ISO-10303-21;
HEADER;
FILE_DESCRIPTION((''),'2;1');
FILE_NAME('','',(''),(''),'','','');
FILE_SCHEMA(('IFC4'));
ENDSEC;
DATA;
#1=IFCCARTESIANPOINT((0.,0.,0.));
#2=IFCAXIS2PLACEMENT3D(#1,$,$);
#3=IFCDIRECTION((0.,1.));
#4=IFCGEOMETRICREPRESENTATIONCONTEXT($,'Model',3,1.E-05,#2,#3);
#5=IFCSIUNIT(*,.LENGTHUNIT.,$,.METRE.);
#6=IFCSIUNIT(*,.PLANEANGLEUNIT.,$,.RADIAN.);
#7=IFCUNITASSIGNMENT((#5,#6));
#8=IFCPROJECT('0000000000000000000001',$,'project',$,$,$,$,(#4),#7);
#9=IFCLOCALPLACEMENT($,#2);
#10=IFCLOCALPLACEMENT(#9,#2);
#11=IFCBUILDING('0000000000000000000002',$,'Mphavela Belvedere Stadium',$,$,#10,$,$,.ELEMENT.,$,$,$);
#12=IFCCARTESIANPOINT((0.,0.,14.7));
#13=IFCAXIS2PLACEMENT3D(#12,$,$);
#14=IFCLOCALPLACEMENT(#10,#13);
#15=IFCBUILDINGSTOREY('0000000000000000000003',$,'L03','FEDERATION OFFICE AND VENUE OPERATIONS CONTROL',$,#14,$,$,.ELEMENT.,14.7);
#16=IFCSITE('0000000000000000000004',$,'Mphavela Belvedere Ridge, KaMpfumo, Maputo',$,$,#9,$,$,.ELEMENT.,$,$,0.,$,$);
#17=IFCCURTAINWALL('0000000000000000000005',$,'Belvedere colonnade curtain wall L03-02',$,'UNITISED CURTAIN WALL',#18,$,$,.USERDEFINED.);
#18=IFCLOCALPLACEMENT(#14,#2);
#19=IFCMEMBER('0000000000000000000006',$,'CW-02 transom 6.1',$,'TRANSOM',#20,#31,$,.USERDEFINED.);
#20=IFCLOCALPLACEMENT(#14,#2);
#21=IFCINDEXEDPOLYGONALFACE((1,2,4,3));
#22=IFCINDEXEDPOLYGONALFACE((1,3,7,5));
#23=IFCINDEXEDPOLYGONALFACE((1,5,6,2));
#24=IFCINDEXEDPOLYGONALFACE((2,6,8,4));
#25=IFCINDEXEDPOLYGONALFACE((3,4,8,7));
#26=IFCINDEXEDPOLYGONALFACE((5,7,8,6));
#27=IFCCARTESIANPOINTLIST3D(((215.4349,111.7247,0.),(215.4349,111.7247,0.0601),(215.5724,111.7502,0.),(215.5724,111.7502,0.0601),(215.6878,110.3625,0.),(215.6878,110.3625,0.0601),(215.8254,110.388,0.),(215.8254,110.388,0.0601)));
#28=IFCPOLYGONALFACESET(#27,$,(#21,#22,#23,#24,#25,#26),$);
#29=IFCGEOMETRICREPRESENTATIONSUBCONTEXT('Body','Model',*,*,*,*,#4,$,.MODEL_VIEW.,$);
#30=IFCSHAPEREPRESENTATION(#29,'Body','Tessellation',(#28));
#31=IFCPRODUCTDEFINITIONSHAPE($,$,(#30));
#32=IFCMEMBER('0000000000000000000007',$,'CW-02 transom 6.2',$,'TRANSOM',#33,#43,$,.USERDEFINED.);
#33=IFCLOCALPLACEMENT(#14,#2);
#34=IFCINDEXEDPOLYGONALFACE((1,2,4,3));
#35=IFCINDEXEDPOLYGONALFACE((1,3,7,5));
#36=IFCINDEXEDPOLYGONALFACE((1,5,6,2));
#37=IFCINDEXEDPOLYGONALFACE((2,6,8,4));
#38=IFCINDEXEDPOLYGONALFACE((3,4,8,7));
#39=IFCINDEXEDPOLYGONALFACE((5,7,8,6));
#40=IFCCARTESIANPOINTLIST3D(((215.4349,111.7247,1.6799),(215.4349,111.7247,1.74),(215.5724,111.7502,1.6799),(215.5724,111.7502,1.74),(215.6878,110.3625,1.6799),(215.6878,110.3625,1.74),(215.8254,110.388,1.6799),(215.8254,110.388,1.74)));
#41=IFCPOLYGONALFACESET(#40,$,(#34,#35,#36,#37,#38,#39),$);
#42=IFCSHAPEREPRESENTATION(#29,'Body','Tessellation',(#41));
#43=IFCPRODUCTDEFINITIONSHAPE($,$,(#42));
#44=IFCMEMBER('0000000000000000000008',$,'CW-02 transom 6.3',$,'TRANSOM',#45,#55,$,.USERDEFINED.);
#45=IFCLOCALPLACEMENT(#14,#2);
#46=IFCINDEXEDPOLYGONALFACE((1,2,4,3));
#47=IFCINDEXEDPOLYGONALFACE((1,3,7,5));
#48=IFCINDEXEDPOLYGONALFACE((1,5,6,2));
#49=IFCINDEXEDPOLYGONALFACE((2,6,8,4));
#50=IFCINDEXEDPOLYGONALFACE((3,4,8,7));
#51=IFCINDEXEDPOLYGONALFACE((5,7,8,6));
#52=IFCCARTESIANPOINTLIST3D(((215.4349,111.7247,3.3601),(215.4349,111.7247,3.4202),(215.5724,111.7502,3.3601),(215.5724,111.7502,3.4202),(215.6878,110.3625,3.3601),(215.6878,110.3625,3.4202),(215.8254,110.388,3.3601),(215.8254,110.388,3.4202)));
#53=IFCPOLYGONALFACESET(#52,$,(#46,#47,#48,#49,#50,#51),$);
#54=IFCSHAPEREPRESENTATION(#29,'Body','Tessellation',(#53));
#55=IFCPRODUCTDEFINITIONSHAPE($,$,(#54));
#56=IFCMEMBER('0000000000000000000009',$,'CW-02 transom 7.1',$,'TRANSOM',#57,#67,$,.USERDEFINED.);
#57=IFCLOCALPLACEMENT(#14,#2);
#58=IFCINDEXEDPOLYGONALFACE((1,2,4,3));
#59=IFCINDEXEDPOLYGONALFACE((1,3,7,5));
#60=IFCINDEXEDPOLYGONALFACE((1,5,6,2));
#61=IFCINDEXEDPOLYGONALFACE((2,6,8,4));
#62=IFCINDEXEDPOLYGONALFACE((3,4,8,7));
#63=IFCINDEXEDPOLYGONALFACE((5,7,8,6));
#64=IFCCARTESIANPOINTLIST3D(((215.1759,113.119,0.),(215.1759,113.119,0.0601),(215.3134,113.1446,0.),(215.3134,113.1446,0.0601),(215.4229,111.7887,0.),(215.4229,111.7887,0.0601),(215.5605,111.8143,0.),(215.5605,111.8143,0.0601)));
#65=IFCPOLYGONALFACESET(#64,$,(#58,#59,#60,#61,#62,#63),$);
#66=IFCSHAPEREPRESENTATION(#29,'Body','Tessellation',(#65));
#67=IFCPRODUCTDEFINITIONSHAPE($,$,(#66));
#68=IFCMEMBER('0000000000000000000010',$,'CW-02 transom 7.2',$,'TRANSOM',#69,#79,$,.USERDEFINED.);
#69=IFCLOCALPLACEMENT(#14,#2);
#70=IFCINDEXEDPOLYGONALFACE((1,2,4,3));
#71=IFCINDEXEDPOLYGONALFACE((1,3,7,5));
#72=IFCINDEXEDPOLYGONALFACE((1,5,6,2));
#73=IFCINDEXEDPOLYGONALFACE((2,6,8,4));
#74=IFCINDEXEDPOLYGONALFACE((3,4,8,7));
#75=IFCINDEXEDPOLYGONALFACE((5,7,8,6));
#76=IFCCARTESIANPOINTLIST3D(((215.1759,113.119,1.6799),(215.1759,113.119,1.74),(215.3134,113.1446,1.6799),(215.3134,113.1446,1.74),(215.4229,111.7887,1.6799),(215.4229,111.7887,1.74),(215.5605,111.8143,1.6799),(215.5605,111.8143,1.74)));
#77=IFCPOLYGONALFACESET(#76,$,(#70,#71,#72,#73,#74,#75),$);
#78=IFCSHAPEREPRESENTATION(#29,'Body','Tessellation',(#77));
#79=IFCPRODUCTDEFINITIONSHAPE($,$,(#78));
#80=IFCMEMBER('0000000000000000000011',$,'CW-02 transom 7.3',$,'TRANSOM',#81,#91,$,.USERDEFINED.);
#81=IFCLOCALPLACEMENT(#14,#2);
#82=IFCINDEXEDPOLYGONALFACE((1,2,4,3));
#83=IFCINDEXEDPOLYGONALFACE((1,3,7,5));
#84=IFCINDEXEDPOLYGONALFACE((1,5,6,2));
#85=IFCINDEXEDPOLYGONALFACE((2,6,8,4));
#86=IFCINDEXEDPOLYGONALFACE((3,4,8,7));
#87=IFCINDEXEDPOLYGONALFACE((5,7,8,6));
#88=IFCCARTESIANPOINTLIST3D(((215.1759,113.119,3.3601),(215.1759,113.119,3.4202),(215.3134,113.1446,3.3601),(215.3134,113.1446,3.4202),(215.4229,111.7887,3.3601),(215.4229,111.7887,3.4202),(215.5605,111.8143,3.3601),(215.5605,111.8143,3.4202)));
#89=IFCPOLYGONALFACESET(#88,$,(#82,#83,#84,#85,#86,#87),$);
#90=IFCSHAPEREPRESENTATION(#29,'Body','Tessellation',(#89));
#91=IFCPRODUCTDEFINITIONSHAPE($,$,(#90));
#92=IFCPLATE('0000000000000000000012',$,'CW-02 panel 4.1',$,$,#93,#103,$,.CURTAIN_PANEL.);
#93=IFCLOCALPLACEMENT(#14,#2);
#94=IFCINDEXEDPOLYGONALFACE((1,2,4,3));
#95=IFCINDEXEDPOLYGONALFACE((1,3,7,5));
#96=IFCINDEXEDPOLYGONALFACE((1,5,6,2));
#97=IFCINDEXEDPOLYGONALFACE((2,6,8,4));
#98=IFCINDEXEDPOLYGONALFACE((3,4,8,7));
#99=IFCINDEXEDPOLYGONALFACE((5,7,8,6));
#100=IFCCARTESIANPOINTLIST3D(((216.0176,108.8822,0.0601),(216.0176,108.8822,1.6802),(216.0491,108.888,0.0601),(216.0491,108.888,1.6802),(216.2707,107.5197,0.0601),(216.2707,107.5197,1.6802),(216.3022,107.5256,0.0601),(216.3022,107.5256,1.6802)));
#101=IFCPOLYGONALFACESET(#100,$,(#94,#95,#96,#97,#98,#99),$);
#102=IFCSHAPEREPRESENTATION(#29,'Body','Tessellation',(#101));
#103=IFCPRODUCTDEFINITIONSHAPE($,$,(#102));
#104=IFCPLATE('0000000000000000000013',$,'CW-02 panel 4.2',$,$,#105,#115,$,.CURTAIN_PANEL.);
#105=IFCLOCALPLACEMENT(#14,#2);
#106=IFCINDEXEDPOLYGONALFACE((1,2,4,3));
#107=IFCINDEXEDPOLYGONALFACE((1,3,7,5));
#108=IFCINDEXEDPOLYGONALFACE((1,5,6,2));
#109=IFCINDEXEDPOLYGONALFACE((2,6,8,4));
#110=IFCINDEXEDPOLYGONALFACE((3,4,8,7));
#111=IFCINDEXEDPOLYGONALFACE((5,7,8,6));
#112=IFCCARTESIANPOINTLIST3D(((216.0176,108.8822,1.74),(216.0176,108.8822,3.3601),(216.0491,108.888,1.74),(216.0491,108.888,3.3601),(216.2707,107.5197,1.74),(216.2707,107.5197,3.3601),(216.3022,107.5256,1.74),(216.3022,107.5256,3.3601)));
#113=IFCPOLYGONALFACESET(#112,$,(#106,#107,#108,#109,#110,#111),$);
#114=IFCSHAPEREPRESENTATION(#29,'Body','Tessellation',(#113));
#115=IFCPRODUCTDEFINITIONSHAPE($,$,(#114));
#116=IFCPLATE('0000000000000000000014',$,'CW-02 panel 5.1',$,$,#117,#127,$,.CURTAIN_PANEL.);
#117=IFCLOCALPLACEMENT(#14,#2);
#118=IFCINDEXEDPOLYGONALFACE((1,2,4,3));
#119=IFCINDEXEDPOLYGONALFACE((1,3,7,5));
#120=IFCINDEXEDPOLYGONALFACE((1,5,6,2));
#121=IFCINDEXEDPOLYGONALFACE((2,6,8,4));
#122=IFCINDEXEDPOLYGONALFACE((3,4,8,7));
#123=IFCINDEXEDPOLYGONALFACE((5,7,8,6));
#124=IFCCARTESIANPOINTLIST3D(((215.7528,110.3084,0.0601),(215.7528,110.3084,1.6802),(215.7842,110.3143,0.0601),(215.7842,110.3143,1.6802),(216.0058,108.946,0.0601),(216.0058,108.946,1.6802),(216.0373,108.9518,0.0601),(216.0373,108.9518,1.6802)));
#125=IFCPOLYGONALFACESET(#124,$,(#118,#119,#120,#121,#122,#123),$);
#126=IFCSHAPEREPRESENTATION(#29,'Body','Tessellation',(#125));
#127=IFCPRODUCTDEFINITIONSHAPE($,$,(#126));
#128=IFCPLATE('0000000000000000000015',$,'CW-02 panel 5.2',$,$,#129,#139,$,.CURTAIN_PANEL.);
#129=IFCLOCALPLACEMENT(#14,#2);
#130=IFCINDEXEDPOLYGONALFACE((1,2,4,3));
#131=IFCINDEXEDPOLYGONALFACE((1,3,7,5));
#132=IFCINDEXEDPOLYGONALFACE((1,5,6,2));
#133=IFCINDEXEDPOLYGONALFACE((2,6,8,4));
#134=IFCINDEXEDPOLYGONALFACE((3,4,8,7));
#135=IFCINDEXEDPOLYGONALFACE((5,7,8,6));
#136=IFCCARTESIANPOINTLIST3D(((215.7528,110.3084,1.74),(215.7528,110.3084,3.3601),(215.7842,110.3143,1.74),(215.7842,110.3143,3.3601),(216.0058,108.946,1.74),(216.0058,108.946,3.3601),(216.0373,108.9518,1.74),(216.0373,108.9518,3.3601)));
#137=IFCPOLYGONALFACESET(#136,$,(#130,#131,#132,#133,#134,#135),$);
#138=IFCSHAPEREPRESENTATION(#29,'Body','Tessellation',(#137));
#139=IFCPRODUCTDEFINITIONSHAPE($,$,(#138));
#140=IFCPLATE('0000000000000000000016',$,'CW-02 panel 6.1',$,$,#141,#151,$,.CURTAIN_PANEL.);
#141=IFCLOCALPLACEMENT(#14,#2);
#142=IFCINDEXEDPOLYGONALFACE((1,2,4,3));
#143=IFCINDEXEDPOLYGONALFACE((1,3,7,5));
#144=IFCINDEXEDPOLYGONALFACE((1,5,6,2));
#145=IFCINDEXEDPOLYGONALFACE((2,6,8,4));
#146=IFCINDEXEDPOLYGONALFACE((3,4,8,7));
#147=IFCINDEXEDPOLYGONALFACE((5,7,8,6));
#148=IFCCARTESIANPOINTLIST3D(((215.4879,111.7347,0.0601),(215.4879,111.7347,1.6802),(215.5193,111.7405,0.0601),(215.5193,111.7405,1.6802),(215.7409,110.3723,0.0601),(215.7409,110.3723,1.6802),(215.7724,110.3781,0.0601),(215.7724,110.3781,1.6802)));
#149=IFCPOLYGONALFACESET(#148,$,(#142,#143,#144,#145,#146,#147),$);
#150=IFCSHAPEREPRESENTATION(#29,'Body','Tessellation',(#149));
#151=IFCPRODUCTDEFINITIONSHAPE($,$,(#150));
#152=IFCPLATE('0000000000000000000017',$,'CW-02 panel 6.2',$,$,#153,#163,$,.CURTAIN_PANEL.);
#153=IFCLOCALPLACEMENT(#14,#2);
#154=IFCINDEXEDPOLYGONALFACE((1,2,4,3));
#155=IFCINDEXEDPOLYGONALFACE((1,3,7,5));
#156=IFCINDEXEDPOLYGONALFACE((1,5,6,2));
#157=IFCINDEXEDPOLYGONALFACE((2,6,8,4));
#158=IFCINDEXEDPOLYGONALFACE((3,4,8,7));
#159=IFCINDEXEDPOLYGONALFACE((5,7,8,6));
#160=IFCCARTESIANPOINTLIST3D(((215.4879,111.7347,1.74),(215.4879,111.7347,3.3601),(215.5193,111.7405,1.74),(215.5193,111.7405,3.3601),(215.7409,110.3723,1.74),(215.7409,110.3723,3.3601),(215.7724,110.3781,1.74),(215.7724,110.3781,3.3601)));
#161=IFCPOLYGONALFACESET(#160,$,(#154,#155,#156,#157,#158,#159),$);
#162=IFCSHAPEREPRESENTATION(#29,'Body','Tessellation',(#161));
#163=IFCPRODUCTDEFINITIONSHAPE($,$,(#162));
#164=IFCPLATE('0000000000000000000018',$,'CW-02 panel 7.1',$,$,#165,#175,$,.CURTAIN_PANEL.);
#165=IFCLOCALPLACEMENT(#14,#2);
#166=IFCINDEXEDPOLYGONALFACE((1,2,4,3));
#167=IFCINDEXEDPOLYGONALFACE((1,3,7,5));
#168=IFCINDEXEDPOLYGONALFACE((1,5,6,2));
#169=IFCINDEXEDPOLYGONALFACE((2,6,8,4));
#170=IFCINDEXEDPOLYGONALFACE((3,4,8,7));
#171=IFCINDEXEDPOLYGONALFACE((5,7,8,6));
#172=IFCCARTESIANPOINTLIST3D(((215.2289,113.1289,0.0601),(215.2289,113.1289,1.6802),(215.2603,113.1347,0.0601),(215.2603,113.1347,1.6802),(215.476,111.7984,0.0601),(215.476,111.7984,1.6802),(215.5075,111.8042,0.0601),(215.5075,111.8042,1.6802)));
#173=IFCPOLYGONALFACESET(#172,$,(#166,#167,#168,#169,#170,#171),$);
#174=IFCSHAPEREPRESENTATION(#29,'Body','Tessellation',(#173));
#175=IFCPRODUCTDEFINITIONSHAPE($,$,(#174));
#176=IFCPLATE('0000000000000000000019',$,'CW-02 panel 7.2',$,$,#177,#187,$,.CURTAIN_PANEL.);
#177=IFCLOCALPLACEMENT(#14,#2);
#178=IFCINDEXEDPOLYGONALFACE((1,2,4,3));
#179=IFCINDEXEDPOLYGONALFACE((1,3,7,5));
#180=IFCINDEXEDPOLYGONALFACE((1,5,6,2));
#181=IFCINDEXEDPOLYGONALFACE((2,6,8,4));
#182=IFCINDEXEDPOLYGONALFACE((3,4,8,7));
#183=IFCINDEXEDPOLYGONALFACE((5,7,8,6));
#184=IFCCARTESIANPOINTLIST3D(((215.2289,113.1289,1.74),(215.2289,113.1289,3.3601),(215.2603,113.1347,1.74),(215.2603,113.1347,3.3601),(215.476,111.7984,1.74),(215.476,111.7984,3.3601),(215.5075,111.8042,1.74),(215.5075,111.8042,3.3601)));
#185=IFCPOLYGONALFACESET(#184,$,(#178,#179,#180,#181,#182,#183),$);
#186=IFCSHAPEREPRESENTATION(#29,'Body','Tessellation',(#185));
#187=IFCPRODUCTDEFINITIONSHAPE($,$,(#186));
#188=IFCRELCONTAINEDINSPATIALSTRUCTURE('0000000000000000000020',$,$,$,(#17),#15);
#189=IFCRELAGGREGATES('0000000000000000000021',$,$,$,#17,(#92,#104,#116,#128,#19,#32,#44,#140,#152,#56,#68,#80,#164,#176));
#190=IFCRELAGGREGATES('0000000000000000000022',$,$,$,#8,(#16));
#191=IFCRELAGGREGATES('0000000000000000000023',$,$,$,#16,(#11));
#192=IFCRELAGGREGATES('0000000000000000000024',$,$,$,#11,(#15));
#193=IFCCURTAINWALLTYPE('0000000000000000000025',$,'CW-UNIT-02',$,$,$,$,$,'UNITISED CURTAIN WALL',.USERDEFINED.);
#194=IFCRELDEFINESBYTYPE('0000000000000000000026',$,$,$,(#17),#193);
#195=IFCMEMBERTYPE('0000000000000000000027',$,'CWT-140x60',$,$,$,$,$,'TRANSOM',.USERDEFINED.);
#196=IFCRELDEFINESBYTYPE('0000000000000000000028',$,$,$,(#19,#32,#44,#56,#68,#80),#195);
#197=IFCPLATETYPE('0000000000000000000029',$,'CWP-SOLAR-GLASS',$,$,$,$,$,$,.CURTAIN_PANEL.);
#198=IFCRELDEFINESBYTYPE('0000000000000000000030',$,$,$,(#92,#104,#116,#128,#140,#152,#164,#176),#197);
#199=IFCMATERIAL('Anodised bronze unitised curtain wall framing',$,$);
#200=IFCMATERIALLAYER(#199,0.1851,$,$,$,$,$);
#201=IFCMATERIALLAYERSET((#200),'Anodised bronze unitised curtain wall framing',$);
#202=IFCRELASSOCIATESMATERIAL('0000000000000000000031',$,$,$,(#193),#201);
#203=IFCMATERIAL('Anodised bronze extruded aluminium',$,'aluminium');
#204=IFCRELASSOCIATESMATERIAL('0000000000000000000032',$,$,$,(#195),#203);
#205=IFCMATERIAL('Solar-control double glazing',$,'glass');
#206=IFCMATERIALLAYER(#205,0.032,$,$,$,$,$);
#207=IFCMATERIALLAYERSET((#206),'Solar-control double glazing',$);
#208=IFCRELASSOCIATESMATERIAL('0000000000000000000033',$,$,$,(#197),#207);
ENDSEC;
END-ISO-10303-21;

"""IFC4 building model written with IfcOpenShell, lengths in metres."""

from ifc_helpers import new_model, si_unit, direction, frame, origin, origin_2d, place, context, subcontext, project, spatial, rectangle, extrude, material, layer, layer_set, material_profile, profile_set, type_object, element, aggregate, save


model = new_model("IFC4")

# Units and contexts
model_context = context("Model", 3, precision=1e-05, world=origin(), true_north=direction((0.0, 1.0)))
body_context = subcontext(model_context, "Body", "Model", "MODEL_VIEW")
ifc_project = project(units=[si_unit("LENGTHUNIT", "METRE"), si_unit("PLANEANGLEUNIT", "RADIAN")], contexts=[model_context])

# Site, building, storey
site_placement = place(None, origin())
site = spatial("IfcSite", under=ifc_project, at=site_placement, Name="Mphavela Belvedere Ridge, KaMpfumo, Maputo", CompositionType="ELEMENT", RefElevation=0.0)
building_placement = place(site_placement, origin())
building = spatial("IfcBuilding", under=site, at=building_placement, Name="Mphavela Belvedere Stadium", CompositionType="ELEMENT")
storey_placement = place(building_placement, frame((0.0, 0.0, 14.7)))
storey = spatial("IfcBuildingStorey", under=building, at=storey_placement, Name="L03", Description="FEDERATION OFFICE AND VENUE OPERATIONS CONTROL", CompositionType="ELEMENT", Elevation=14.7)

# Curtain wall, members, plates
ifc_material_1 = material(Name="Anodised bronze unitised curtain wall framing")
ifc_layer_1 = layer(ifc_material_1, 0.1851)
ifc_layer_set_1 = layer_set([ifc_layer_1], Name="Anodised bronze unitised curtain wall framing")
curtain_wall_type = type_object("IfcCurtainWallType", Name="CW-UNIT-02", ElementType="UNITISED CURTAIN WALL", PredefinedType="USERDEFINED", material=ifc_layer_set_1)
curtain_wall_placement = place(storey_placement, origin())
curtain_wall = element("IfcCurtainWall", 1, at=curtain_wall_placement, inside=storey, type_object=curtain_wall_type, Name="Belvedere colonnade curtain wall L03-02", ObjectType="UNITISED CURTAIN WALL", PredefinedType="USERDEFINED")
ifc_material_2 = material(Name="Anodised bronze extruded aluminium", Category="aluminium")
ifc_material_profile_1 = material_profile(ifc_material_2, rectangle(XDim=0.1399, YDim=0.0601, at=origin_2d()), Name="CW-TRN 140x60")
ifc_profile_set_1 = profile_set([ifc_material_profile_1], Name="Anodised bronze extruded aluminium")
member_type_1 = type_object("IfcMemberType", Name="CWT-140x60", ElementType="TRANSOM", PredefinedType="USERDEFINED", material=ifc_profile_set_1)
member_1_placement = place(storey_placement, frame((215.7566, 110.3752, 0.03), z_axis=(-0.182544, 0.983198, 0.0), x_axis=(-0.983198, -0.182544, 0.0)))
member_1 = element("IfcMember", 2, at=member_1_placement, type_object=member_type_1, Name="CW-02 transom 6.1", ObjectType="TRANSOM", PredefinedType="USERDEFINED", context=body_context, shape_type="SweptSolid", body=[
    extrude(rectangle(XDim=0.1399, YDim=0.0601, at=origin_2d()), origin(), (0.0, 0.0, 1.0), 1.3855),
])
member_2_placement = place(storey_placement, frame((215.7566, 110.3752, 1.71), z_axis=(-0.182544, 0.983198, 0.0), x_axis=(-0.983198, -0.182544, 0.0)))
member_2 = element("IfcMember", 3, at=member_2_placement, type_object=member_type_1, Name="CW-02 transom 6.2", ObjectType="TRANSOM", PredefinedType="USERDEFINED", context=body_context, shape_type="SweptSolid", body=[
    extrude(rectangle(XDim=0.1399, YDim=0.0601, at=origin_2d()), origin(), (0.0, 0.0, 1.0), 1.3855),
])
member_3_placement = place(storey_placement, frame((215.7566, 110.3752, 3.3901), z_axis=(-0.182544, 0.983198, 0.0), x_axis=(-0.983198, -0.182544, 0.0)))
member_3 = element("IfcMember", 4, at=member_3_placement, type_object=member_type_1, Name="CW-02 transom 6.3", ObjectType="TRANSOM", PredefinedType="USERDEFINED", context=body_context, shape_type="SweptSolid", body=[
    extrude(rectangle(XDim=0.1399, YDim=0.0601, at=origin_2d()), origin(), (0.0, 0.0, 1.0), 1.3855),
])
member_4_placement = place(storey_placement, frame((215.4917, 111.8015, 0.03), z_axis=(-0.1826, 0.983187, 0.0), x_axis=(-0.983187, -0.1826, 0.0)))
member_4 = element("IfcMember", 5, at=member_4_placement, type_object=member_type_1, Name="CW-02 transom 7.1", ObjectType="TRANSOM", PredefinedType="USERDEFINED", context=body_context, shape_type="SweptSolid", body=[
    extrude(rectangle(XDim=0.1399, YDim=0.0601, at=origin_2d()), origin(), (0.0, 0.0, 1.0), 1.353),
])
member_5_placement = place(storey_placement, frame((215.4917, 111.8015, 1.71), z_axis=(-0.1826, 0.983187, 0.0), x_axis=(-0.983187, -0.1826, 0.0)))
member_5 = element("IfcMember", 6, at=member_5_placement, type_object=member_type_1, Name="CW-02 transom 7.2", ObjectType="TRANSOM", PredefinedType="USERDEFINED", context=body_context, shape_type="SweptSolid", body=[
    extrude(rectangle(XDim=0.1399, YDim=0.0601, at=origin_2d()), origin(), (0.0, 0.0, 1.0), 1.353),
])
member_6_placement = place(storey_placement, frame((215.4917, 111.8015, 3.3901), z_axis=(-0.1826, 0.983187, 0.0), x_axis=(-0.983187, -0.1826, 0.0)))
member_6 = element("IfcMember", 7, at=member_6_placement, type_object=member_type_1, Name="CW-02 transom 7.3", ObjectType="TRANSOM", PredefinedType="USERDEFINED", context=body_context, shape_type="SweptSolid", body=[
    extrude(rectangle(XDim=0.1399, YDim=0.0601, at=origin_2d()), origin(), (0.0, 0.0, 1.0), 1.353),
])
ifc_material_3 = material(Name="Solar-control double glazing", Category="glass")
ifc_layer_2 = layer(ifc_material_3, 0.032)
ifc_layer_set_2 = layer_set([ifc_layer_2], Name="Solar-control double glazing")
plate_type = type_object("IfcPlateType", Name="CWP-SOLAR-GLASS", PredefinedType="CURTAIN_PANEL", material=ifc_layer_set_2)
plate_1_placement = place(storey_placement, frame((216.1599, 108.2039, 0.0601), z_axis=(0.0, 0.0, 1.0), x_axis=(-0.182631, 0.983181, 0.0)))
plate_1 = element("IfcPlate", 8, at=plate_1_placement, type_object=plate_type, Name="CW-02 panel 4.1", PredefinedType="CURTAIN_PANEL", context=body_context, shape_type="SweptSolid", body=[
    extrude(rectangle(XDim=1.3857, YDim=0.032, at=origin_2d()), origin(), (0.0, 0.0, 1.0), 1.6201),
])
plate_2_placement = place(storey_placement, frame((216.1599, 108.2039, 1.74), z_axis=(0.0, 0.0, 1.0), x_axis=(-0.182631, 0.983181, 0.0)))
plate_2 = element("IfcPlate", 9, at=plate_2_placement, type_object=plate_type, Name="CW-02 panel 4.2", PredefinedType="CURTAIN_PANEL", context=body_context, shape_type="SweptSolid", body=[
    extrude(rectangle(XDim=1.3857, YDim=0.032, at=origin_2d()), origin(), (0.0, 0.0, 1.0), 1.6201),
])
plate_3_placement = place(storey_placement, frame((215.895, 109.6301, 0.0601), z_axis=(0.0, 0.0, 1.0), x_axis=(-0.182631, 0.983181, 0.0)))
plate_3 = element("IfcPlate", 10, at=plate_3_placement, type_object=plate_type, Name="CW-02 panel 5.1", PredefinedType="CURTAIN_PANEL", context=body_context, shape_type="SweptSolid", body=[
    extrude(rectangle(XDim=1.3857, YDim=0.032, at=origin_2d()), origin(), (0.0, 0.0, 1.0), 1.6201),
])
plate_4_placement = place(storey_placement, frame((215.895, 109.6301, 1.74), z_axis=(0.0, 0.0, 1.0), x_axis=(-0.182631, 0.983181, 0.0)))
plate_4 = element("IfcPlate", 11, at=plate_4_placement, type_object=plate_type, Name="CW-02 panel 5.2", PredefinedType="CURTAIN_PANEL", context=body_context, shape_type="SweptSolid", body=[
    extrude(rectangle(XDim=1.3857, YDim=0.032, at=origin_2d()), origin(), (0.0, 0.0, 1.0), 1.6201),
])
plate_5_placement = place(storey_placement, frame((215.6301, 111.0564, 0.0601), z_axis=(0.0, 0.0, 1.0), x_axis=(-0.182631, 0.983181, 0.0)))
plate_5 = element("IfcPlate", 12, at=plate_5_placement, type_object=plate_type, Name="CW-02 panel 6.1", PredefinedType="CURTAIN_PANEL", context=body_context, shape_type="SweptSolid", body=[
    extrude(rectangle(XDim=1.3857, YDim=0.032, at=origin_2d()), origin(), (0.0, 0.0, 1.0), 1.6201),
])
plate_6_placement = place(storey_placement, frame((215.6301, 111.0564, 1.74), z_axis=(0.0, 0.0, 1.0), x_axis=(-0.182631, 0.983181, 0.0)))
plate_6 = element("IfcPlate", 13, at=plate_6_placement, type_object=plate_type, Name="CW-02 panel 6.2", PredefinedType="CURTAIN_PANEL", context=body_context, shape_type="SweptSolid", body=[
    extrude(rectangle(XDim=1.3857, YDim=0.032, at=origin_2d()), origin(), (0.0, 0.0, 1.0), 1.6201),
])
plate_7_placement = place(storey_placement, frame((215.3682, 112.4666, 0.0601), z_axis=(0.0, 0.0, 1.0), x_axis=(-0.182631, 0.983181, 0.0)))
plate_7 = element("IfcPlate", 14, at=plate_7_placement, type_object=plate_type, Name="CW-02 panel 7.1", PredefinedType="CURTAIN_PANEL", context=body_context, shape_type="SweptSolid", body=[
    extrude(rectangle(XDim=1.3533, YDim=0.032, at=origin_2d()), origin(), (0.0, 0.0, 1.0), 1.6201),
])
plate_8_placement = place(storey_placement, frame((215.3682, 112.4666, 1.74), z_axis=(0.0, 0.0, 1.0), x_axis=(-0.182631, 0.983181, 0.0)))
plate_8 = element("IfcPlate", 15, at=plate_8_placement, type_object=plate_type, Name="CW-02 panel 7.2", PredefinedType="CURTAIN_PANEL", context=body_context, shape_type="SweptSolid", body=[
    extrude(rectangle(XDim=1.3533, YDim=0.032, at=origin_2d()), origin(), (0.0, 0.0, 1.0), 1.6201),
])
aggregate(curtain_wall, [plate_1, plate_2, plate_3, plate_4, member_1, member_2, member_3, plate_5, plate_6, member_4, member_5, member_6, plate_7, plate_8])

save(model, "model.ifc")
